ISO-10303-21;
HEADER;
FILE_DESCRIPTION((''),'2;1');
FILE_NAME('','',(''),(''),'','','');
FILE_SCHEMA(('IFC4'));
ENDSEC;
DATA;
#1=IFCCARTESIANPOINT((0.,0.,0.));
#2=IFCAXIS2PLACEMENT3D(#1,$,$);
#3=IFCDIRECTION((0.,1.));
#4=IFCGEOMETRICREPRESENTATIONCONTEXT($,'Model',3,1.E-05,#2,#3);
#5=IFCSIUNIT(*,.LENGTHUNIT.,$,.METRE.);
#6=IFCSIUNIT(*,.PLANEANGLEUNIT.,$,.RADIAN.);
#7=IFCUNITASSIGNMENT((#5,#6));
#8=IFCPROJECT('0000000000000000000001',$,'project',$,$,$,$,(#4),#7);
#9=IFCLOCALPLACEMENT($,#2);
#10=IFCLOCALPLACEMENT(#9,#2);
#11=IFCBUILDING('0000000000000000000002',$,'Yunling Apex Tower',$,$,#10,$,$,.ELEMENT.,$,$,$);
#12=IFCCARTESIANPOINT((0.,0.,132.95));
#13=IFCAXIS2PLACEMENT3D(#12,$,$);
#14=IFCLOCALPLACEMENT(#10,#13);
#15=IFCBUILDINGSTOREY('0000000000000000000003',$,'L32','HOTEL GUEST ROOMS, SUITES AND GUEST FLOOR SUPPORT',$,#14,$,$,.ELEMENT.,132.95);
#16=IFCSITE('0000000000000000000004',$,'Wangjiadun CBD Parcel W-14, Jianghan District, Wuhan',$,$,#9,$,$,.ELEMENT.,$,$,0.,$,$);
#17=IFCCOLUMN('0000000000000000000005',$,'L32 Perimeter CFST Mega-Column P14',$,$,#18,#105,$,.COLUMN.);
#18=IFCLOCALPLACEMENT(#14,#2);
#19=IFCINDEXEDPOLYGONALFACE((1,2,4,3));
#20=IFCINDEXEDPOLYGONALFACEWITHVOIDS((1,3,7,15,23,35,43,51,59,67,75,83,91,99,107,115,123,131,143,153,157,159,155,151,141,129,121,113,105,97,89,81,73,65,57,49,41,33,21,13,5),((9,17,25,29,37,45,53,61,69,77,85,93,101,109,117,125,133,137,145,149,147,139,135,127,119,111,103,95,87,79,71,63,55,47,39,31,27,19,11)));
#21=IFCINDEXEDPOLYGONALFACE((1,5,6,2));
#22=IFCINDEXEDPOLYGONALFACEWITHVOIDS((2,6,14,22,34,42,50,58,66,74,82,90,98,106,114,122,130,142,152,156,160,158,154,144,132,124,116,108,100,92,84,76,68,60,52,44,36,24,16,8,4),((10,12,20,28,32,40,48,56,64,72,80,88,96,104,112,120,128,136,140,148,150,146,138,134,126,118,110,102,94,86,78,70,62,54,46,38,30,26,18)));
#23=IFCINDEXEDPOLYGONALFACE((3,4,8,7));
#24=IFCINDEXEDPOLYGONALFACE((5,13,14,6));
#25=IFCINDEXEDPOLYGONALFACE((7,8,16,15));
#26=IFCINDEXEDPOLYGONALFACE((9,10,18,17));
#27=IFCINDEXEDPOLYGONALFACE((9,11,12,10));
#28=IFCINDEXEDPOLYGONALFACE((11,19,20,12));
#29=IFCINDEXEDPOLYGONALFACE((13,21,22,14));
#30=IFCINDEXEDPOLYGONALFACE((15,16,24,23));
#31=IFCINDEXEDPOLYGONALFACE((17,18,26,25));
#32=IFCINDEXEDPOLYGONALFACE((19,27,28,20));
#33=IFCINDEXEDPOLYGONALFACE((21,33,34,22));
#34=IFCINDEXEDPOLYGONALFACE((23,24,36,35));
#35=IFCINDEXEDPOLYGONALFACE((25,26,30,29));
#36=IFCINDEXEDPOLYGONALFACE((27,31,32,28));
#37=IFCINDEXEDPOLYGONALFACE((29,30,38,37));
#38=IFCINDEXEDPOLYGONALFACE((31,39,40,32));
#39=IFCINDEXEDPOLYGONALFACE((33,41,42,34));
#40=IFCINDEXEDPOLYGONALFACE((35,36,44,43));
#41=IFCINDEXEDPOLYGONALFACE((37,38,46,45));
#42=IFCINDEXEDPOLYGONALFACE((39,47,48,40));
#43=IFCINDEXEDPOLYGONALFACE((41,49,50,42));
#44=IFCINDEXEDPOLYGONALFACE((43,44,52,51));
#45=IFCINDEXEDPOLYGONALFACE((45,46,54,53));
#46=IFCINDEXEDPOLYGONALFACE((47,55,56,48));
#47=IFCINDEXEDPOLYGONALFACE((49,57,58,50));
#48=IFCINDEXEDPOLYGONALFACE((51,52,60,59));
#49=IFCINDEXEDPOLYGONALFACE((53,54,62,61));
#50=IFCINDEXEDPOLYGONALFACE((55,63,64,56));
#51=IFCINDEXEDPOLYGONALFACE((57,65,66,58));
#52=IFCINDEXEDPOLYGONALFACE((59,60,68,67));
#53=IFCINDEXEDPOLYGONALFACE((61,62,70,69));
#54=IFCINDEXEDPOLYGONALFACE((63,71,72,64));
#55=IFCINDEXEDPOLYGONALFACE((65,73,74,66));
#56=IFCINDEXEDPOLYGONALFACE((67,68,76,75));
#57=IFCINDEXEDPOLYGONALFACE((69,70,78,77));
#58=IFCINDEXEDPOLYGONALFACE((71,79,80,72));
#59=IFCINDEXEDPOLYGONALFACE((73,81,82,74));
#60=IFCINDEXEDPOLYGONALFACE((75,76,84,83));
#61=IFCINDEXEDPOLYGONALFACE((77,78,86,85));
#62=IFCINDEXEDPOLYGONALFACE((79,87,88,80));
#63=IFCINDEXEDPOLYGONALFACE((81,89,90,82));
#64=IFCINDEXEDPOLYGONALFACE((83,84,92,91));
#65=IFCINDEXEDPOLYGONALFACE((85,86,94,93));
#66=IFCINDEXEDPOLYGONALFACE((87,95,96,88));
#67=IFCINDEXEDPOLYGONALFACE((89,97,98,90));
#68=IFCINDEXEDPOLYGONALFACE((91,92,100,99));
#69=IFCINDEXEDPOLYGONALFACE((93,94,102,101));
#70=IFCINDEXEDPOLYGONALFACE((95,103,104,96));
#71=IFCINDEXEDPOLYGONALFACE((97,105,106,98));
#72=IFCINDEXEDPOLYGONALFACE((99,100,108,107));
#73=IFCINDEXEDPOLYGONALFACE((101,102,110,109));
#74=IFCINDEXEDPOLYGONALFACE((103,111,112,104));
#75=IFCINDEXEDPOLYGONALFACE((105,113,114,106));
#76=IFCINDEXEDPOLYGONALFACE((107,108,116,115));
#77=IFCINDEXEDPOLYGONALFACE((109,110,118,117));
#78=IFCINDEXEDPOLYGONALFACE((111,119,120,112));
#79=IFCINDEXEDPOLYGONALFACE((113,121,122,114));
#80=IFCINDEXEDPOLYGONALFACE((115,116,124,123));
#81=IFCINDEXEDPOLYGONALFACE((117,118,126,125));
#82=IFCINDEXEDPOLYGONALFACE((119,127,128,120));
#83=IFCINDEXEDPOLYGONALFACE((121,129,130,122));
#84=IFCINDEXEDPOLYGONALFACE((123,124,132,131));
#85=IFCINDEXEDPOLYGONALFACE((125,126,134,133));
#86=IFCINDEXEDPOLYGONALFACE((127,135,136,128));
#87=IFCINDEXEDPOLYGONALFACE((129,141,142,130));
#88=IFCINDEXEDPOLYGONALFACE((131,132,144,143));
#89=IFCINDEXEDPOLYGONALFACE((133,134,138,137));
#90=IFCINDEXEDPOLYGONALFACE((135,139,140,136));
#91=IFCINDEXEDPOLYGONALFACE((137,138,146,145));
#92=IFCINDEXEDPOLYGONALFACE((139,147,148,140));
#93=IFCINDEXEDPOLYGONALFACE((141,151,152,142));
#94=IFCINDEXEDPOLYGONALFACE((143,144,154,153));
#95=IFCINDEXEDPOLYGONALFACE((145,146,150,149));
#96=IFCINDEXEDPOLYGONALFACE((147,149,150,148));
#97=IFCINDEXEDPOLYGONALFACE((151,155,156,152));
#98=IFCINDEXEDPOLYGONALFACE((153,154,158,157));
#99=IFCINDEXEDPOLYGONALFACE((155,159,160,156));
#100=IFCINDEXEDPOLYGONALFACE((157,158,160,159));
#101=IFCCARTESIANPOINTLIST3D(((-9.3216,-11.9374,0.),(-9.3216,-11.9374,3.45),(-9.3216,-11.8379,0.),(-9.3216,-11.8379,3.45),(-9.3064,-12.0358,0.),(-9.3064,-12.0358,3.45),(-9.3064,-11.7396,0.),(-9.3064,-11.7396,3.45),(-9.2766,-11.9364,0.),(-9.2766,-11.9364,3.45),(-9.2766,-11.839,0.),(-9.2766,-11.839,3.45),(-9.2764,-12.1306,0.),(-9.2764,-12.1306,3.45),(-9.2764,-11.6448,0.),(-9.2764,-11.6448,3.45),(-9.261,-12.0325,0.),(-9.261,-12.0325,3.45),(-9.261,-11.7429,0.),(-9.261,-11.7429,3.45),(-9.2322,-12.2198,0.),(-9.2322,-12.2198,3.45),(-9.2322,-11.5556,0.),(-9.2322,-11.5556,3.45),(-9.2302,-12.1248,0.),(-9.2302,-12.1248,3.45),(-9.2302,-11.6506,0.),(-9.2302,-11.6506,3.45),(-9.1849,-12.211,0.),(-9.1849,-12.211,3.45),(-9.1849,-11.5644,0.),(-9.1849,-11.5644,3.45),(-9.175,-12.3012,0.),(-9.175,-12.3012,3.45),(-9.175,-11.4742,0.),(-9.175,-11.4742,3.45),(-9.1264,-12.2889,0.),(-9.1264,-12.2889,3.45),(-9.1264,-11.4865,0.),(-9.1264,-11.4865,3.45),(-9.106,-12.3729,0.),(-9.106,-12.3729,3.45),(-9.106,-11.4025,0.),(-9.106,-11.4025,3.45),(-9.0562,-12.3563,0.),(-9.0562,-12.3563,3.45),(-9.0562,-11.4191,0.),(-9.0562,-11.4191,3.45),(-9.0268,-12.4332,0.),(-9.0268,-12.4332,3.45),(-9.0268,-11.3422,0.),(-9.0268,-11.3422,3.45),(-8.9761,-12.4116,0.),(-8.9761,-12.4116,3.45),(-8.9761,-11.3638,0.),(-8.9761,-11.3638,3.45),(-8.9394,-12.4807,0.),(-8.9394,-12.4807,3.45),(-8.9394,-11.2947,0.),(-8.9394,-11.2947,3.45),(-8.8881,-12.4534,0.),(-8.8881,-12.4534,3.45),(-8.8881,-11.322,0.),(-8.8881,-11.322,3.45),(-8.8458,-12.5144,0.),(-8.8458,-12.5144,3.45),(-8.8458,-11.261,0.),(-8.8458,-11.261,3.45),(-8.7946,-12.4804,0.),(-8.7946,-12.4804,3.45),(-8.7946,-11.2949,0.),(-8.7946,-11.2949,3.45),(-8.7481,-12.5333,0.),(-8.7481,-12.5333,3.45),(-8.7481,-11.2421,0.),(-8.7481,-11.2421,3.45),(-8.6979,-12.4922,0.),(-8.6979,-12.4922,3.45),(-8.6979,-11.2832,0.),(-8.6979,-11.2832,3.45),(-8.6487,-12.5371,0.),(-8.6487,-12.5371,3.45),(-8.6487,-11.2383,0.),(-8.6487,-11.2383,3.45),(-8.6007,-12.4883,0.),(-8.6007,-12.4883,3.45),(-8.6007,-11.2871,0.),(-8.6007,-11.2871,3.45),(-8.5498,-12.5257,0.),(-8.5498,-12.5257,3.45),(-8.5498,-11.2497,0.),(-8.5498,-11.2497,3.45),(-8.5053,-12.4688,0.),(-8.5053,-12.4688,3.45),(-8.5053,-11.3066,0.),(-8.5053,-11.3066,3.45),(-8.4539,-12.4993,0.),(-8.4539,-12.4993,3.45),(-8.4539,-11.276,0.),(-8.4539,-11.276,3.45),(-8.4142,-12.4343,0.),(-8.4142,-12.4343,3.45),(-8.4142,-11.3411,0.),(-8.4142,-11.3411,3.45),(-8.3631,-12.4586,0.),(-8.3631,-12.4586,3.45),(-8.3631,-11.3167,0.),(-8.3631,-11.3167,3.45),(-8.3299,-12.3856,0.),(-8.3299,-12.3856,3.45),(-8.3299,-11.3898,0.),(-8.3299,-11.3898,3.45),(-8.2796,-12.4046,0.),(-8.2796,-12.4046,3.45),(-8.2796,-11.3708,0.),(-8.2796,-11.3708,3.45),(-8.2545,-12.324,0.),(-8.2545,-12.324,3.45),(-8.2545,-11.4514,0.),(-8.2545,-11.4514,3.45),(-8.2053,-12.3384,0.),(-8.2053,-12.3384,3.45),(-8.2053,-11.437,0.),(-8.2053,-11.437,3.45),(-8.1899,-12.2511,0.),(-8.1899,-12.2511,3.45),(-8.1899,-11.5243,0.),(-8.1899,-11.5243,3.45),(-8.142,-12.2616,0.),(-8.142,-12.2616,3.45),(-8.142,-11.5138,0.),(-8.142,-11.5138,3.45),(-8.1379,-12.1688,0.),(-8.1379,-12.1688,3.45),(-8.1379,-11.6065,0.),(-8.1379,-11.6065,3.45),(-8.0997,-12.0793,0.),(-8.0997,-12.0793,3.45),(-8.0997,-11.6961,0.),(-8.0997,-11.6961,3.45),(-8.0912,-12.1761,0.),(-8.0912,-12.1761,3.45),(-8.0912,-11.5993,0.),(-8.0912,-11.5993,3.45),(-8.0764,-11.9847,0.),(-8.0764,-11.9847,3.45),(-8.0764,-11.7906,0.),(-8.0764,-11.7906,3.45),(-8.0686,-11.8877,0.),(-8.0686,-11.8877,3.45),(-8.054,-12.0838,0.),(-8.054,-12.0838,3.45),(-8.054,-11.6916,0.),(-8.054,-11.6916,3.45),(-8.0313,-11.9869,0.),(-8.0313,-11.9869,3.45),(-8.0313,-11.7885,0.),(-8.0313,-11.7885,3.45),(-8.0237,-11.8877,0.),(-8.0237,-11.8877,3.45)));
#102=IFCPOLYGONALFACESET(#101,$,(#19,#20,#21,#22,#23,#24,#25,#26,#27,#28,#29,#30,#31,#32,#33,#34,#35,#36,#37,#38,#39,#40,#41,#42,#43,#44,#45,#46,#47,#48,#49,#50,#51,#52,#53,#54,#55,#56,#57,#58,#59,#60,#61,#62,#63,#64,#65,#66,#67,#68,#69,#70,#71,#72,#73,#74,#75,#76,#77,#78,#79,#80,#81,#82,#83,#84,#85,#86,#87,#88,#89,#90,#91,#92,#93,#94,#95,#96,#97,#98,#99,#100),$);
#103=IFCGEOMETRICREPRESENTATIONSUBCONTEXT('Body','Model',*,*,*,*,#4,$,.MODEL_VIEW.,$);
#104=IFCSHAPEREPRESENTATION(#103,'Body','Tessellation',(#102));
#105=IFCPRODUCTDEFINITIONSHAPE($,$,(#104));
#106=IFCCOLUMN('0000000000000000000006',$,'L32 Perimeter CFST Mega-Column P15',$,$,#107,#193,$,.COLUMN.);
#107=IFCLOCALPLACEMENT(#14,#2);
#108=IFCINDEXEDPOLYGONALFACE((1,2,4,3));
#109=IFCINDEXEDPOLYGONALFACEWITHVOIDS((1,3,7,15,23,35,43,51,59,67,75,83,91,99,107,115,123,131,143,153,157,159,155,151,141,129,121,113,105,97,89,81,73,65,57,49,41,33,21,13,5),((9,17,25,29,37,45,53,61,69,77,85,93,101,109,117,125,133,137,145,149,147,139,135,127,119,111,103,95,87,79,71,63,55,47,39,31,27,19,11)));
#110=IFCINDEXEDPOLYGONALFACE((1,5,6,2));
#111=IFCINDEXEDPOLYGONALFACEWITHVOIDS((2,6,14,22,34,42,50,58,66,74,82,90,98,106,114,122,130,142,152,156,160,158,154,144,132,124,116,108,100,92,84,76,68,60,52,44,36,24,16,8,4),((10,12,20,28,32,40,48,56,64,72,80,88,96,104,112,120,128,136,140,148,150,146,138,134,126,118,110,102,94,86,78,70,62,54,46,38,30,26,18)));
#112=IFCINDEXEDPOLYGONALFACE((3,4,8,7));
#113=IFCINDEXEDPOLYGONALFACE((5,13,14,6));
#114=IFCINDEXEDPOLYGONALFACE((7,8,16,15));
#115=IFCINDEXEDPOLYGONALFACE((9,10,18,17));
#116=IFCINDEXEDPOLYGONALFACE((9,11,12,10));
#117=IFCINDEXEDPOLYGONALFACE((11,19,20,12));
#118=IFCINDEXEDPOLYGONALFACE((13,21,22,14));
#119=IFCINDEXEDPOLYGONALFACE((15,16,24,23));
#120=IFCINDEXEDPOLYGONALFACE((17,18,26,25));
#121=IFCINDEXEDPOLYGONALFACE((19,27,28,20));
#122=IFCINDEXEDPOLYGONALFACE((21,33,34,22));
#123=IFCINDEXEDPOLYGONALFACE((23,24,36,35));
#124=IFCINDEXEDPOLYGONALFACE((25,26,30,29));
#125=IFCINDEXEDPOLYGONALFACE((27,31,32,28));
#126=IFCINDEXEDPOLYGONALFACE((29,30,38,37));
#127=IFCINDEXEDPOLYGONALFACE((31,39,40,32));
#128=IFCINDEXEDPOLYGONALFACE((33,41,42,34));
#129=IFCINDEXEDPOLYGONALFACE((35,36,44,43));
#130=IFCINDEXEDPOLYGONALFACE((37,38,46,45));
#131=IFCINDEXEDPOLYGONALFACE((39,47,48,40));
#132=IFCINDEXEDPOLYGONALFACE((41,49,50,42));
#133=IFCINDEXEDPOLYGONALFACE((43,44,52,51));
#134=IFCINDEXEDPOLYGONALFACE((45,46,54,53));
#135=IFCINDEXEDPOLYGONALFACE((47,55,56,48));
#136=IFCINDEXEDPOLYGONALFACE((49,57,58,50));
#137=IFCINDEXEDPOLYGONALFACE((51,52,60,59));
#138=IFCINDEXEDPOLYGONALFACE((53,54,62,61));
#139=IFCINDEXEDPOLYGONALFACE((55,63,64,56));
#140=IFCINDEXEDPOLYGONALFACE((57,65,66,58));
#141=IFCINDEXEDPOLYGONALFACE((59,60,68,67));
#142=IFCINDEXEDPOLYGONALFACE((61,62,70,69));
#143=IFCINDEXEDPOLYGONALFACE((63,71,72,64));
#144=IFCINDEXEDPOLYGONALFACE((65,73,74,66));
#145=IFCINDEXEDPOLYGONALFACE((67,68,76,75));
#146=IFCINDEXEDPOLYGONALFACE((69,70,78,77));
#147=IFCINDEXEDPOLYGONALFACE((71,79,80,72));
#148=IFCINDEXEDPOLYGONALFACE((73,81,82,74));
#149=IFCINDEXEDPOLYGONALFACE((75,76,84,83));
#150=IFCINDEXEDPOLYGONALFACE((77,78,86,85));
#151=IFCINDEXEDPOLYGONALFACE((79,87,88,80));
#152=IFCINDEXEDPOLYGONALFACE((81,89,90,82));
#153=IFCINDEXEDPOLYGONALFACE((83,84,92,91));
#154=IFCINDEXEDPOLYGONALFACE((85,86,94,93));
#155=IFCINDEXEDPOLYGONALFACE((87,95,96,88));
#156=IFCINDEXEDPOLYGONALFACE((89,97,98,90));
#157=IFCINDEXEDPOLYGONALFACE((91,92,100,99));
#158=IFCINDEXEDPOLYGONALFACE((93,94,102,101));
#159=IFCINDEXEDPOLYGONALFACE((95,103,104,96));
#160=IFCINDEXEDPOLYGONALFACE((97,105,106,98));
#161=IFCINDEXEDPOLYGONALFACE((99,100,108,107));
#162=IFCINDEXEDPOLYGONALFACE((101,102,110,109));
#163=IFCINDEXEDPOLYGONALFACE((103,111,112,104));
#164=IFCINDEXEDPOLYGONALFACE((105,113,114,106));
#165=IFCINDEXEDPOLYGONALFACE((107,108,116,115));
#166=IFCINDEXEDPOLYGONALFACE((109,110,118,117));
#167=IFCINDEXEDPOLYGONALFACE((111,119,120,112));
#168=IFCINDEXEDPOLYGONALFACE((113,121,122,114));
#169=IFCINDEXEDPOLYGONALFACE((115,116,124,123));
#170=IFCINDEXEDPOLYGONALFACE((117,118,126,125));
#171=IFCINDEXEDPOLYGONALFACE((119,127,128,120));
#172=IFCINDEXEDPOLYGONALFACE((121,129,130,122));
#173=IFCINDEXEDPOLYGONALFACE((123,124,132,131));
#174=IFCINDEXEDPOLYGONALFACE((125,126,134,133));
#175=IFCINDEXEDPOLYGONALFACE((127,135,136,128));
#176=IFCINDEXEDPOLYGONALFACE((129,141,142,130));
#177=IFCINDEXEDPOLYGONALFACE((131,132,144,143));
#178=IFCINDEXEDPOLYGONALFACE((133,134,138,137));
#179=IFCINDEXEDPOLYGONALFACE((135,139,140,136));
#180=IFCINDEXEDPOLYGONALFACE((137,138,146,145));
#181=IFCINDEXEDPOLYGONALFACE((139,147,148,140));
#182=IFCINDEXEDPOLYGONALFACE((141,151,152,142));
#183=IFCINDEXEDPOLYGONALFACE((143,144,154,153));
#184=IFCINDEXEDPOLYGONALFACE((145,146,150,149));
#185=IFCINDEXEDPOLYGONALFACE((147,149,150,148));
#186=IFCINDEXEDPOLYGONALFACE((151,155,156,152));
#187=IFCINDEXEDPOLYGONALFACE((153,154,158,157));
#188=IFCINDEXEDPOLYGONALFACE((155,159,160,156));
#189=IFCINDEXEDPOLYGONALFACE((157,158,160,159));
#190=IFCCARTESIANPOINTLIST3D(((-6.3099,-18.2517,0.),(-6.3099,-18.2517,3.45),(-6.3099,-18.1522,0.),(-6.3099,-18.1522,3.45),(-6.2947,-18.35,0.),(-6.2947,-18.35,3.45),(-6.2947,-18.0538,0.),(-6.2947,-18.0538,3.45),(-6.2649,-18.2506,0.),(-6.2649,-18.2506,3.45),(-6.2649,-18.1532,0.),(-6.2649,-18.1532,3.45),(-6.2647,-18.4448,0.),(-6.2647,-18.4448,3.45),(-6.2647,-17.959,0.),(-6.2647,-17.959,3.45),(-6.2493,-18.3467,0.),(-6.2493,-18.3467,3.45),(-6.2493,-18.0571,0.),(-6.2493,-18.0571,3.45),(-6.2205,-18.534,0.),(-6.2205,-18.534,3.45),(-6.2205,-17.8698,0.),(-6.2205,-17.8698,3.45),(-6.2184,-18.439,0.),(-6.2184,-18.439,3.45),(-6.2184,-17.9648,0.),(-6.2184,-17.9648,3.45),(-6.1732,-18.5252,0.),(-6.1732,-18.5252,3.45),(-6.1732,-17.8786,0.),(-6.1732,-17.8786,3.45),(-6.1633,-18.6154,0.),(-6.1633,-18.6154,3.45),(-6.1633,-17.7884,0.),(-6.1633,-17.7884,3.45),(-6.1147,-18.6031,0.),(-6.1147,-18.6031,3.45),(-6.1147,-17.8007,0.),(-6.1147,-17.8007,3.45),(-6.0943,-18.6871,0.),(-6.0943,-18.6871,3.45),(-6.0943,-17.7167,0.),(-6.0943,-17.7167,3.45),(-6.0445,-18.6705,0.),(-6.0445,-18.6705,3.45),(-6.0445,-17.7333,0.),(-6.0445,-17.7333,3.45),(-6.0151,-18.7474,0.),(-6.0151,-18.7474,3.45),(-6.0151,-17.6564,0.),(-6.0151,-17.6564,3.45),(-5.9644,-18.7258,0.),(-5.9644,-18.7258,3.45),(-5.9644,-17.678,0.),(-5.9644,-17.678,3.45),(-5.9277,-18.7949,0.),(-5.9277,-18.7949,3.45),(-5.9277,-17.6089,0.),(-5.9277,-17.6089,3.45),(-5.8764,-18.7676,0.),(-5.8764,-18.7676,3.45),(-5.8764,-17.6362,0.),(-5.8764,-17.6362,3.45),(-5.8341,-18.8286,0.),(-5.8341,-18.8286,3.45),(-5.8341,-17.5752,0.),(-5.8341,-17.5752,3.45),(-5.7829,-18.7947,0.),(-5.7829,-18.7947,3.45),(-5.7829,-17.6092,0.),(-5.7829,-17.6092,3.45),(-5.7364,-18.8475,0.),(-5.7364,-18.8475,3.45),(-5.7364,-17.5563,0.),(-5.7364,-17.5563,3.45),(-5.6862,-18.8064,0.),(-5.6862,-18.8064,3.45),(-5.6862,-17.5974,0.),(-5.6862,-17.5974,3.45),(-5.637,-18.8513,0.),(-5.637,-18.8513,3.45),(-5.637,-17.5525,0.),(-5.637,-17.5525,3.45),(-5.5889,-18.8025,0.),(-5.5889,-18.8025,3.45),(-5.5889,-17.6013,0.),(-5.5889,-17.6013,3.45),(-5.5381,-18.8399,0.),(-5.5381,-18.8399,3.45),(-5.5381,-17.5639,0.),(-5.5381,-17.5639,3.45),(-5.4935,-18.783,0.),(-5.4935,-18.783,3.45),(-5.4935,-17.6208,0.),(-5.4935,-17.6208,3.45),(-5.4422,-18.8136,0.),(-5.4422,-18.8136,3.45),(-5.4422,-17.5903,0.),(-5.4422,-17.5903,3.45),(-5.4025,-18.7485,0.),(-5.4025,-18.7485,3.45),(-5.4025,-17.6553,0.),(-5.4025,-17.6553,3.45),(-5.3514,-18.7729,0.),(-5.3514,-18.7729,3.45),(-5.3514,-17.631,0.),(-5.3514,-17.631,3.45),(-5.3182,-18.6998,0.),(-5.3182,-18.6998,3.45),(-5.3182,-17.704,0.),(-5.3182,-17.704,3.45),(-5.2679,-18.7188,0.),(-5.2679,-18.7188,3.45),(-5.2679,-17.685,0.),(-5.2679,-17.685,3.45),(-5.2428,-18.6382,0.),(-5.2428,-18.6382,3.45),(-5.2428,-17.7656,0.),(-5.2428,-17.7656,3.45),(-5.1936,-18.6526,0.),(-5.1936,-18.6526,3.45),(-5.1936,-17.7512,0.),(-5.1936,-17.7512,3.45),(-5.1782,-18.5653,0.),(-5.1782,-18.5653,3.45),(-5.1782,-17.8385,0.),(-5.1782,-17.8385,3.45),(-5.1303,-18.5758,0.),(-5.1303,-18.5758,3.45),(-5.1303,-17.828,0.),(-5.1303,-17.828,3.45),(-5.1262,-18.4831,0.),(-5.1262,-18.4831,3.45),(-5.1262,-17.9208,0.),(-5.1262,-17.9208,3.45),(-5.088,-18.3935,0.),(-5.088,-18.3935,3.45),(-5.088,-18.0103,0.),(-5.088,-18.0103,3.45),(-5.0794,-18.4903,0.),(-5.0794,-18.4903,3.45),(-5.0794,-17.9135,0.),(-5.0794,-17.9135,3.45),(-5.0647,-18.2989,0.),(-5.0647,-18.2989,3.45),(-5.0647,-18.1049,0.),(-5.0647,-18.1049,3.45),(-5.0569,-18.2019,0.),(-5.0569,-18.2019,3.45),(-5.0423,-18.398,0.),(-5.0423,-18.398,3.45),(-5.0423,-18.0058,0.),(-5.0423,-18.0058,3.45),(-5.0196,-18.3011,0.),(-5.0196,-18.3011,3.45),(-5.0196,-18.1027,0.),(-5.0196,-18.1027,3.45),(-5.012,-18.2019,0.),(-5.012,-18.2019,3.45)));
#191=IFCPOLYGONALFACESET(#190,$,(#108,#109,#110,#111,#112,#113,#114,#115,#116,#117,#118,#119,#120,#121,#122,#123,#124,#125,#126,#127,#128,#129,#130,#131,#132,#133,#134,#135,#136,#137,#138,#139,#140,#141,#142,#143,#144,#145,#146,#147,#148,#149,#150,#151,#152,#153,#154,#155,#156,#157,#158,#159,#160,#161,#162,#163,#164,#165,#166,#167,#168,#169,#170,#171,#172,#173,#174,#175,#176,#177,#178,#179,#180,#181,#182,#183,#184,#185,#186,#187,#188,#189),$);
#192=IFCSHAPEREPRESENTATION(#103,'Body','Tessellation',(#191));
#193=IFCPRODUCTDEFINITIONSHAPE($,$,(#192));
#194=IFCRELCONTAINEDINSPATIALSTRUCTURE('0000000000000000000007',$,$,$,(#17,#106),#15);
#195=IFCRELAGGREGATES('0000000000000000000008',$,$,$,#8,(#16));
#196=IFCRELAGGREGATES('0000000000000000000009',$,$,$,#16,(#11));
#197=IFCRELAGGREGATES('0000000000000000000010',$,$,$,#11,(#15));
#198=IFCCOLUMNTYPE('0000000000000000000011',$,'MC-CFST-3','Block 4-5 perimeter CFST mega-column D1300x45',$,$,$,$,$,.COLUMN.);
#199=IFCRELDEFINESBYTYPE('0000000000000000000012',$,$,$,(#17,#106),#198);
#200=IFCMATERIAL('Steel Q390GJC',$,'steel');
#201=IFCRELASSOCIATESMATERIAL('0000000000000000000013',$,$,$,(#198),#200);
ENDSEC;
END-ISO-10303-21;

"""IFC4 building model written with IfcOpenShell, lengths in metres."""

from ifc_helpers import new_model, si_unit, direction, frame, origin, origin_2d, place, context, subcontext, project, spatial, hollow_circle, extrude, source, transform, mapped, material, material_profile, profile_set, type_object, element, save


model = new_model("IFC4")

# Units and contexts
model_context = context("Model", 3, precision=1e-05, world=origin(), true_north=direction((0.0, 1.0)))
body_context = subcontext(model_context, "Body", "Model", "MODEL_VIEW")
ifc_project = project(units=[si_unit("LENGTHUNIT", "METRE"), si_unit("PLANEANGLEUNIT", "RADIAN")], contexts=[model_context])

# Site, building, storey
site_placement = place(None, origin())
site = spatial("IfcSite", under=ifc_project, at=site_placement, Name="Wangjiadun CBD Parcel W-14, Jianghan District, Wuhan", CompositionType="ELEMENT", RefElevation=0.0)
building_placement = place(site_placement, origin())
building = spatial("IfcBuilding", under=site, at=building_placement, Name="Yunling Apex Tower", CompositionType="ELEMENT")
storey_placement = place(building_placement, frame((0.0, 0.0, 132.95)))
storey = spatial("IfcBuildingStorey", under=building, at=storey_placement, Name="L32", Description="HOTEL GUEST ROOMS, SUITES AND GUEST FLOOR SUPPORT", CompositionType="ELEMENT", Elevation=132.95)

# Columns
ifc_material_1 = material(Name="Steel Q390GJC", Category="steel")
ifc_material_profile_1 = material_profile(ifc_material_1, hollow_circle(Radius=0.6499, WallThickness=0.0449, at=origin_2d()))
ifc_profile_set_1 = profile_set([ifc_material_profile_1], Name="Steel Q390GJC")
column_type = type_object("IfcColumnType", Name="MC-CFST-3", Description="Block 4-5 perimeter CFST mega-column D1300x45", PredefinedType="COLUMN", material=ifc_profile_set_1)
shared_shape_1 = source(origin(), body_context, "Body", "SweptSolid", [
    extrude(hollow_circle(Radius=0.6499, WallThickness=0.0449, at=origin_2d()), origin(), (0.0, 0.0, 1.0), 3.45),
])
for number, where, z_axis, x_axis, name in (
    (1, (-8.6736, -11.8877, 0.0), (0.0, 0.0, 1.0), (1.0, 0.0, 0.0), "L32 Perimeter CFST Mega-Column P14"),
    (2, (-5.6619, -18.2019, 0.0), (0.0, 0.0, 1.0), (1.0, 0.0, 0.0), "L32 Perimeter CFST Mega-Column P15"),
):
    element("IfcColumn", number, at=place(storey_placement, frame(where, z_axis=z_axis, x_axis=x_axis)), inside=storey, type_object=column_type, Name=name, PredefinedType="COLUMN", context=body_context, shape_type="MappedRepresentation", body=[
        mapped(shared_shape_1, transform((0.0, 0.0, 0.0), scale=1.0)),
    ])

save(model, "model.ifc")
